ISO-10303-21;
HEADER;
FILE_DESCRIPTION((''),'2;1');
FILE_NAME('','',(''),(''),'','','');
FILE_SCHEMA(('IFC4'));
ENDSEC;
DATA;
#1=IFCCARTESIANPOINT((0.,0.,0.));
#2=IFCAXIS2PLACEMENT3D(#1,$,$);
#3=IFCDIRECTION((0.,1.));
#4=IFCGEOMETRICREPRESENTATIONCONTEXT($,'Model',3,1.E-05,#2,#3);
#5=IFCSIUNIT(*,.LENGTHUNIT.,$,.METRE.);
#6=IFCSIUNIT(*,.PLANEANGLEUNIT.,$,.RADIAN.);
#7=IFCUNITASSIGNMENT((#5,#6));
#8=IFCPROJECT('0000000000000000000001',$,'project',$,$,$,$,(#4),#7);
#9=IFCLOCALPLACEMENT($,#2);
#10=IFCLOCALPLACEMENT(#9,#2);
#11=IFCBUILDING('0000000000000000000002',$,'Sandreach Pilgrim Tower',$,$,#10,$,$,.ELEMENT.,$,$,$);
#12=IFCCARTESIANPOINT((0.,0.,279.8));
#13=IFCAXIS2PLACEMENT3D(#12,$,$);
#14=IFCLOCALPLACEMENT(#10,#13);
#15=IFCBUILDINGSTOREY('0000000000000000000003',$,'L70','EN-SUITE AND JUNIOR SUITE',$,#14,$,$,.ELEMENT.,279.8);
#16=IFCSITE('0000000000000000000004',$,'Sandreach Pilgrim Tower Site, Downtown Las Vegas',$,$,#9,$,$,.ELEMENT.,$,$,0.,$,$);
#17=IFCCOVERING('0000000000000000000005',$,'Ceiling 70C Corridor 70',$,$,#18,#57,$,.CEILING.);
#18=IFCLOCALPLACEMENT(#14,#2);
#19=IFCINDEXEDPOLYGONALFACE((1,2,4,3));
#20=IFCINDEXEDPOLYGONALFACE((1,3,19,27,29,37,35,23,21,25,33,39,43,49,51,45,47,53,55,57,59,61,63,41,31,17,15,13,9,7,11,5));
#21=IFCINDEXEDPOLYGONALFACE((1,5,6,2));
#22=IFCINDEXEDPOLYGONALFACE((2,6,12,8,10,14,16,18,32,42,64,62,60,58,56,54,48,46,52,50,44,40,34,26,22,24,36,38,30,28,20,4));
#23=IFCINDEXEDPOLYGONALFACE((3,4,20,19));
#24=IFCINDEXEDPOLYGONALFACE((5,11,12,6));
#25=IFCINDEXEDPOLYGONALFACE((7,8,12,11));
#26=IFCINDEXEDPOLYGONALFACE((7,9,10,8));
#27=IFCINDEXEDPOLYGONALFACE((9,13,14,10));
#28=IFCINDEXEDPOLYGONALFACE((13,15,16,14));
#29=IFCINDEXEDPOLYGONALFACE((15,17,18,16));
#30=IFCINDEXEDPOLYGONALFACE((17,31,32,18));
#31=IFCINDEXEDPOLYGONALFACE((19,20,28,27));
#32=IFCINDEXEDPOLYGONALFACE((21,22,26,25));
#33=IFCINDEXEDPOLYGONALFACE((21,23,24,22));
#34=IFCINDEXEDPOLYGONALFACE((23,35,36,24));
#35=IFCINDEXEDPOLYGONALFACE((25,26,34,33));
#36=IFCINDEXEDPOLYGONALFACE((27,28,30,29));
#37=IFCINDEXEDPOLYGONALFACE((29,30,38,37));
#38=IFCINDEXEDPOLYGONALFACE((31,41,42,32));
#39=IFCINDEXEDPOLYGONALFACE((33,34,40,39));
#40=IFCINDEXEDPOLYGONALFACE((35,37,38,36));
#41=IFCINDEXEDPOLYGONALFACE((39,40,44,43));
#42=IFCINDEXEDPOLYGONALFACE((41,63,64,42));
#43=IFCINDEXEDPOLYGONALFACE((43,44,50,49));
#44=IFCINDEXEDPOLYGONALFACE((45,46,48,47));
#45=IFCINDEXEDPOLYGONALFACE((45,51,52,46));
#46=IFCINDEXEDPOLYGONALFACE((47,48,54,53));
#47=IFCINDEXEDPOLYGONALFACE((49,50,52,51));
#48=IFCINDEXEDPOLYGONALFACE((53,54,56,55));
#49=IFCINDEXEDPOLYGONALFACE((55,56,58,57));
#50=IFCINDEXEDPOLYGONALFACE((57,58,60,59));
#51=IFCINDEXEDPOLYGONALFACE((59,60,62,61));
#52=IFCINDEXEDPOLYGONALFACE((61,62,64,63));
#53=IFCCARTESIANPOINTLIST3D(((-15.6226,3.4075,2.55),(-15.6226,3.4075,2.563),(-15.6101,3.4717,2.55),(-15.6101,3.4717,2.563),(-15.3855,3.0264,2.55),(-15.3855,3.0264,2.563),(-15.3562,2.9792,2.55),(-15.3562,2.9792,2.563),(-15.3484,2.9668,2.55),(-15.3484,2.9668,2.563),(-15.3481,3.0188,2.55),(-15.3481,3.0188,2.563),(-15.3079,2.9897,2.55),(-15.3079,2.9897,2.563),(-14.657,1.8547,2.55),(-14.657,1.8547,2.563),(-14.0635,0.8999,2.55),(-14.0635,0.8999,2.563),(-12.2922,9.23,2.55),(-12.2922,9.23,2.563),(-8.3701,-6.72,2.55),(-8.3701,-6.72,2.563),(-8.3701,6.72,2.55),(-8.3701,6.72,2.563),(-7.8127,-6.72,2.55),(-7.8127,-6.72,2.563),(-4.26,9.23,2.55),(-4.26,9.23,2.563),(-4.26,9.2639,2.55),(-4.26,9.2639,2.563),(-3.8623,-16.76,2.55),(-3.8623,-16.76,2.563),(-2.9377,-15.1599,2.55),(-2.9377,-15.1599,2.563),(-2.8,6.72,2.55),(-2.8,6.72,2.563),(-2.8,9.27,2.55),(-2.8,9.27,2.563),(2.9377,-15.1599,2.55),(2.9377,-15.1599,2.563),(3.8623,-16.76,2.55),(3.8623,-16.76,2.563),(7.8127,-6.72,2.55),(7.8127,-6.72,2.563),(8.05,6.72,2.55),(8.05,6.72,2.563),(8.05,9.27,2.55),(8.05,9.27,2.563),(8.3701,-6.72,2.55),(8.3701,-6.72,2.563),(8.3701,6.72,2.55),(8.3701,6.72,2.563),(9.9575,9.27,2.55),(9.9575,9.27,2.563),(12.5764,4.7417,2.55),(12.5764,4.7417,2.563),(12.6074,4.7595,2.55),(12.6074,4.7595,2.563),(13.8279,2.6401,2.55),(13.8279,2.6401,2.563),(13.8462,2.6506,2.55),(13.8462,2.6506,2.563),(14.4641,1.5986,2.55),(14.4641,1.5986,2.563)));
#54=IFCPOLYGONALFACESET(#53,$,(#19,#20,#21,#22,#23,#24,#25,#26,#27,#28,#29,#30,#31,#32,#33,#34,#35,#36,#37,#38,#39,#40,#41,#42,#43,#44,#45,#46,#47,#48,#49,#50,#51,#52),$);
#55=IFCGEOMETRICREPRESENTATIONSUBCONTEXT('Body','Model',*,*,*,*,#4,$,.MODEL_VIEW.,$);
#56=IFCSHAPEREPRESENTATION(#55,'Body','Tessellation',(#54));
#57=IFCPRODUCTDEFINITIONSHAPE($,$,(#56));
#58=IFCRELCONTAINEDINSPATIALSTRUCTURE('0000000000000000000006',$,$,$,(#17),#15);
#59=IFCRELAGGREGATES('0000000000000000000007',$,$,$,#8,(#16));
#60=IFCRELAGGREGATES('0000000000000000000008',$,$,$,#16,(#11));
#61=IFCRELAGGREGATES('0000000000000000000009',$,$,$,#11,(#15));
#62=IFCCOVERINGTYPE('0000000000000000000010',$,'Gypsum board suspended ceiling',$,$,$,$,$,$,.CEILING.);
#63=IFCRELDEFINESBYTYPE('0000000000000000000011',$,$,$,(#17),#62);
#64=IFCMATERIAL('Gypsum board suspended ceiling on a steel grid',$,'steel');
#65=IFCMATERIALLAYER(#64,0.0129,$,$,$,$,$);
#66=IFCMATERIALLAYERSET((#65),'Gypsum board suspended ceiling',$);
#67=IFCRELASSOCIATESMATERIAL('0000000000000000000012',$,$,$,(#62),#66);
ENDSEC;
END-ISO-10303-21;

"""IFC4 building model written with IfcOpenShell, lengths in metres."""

from ifc_helpers import new_model, si_unit, direction, frame, origin, place, context, subcontext, project, spatial, polyline, outline, extrude, material, layer, layer_set, type_object, element, save


model = new_model("IFC4")

# Units and contexts
model_context = context("Model", 3, precision=1e-05, world=origin(), true_north=direction((0.0, 1.0)))
body_context = subcontext(model_context, "Body", "Model", "MODEL_VIEW")
ifc_project = project(units=[si_unit("LENGTHUNIT", "METRE"), si_unit("PLANEANGLEUNIT", "RADIAN")], contexts=[model_context])

# Site, building, storey
site_placement = place(None, origin())
site = spatial("IfcSite", under=ifc_project, at=site_placement, Name="Sandreach Pilgrim Tower Site, Downtown Las Vegas", CompositionType="ELEMENT", RefElevation=0.0)
building_placement = place(site_placement, origin())
building = spatial("IfcBuilding", under=site, at=building_placement, Name="Sandreach Pilgrim Tower", CompositionType="ELEMENT")
storey_placement = place(building_placement, frame((0.0, 0.0, 279.8)))
storey = spatial("IfcBuildingStorey", under=building, at=storey_placement, Name="L70", Description="EN-SUITE AND JUNIOR SUITE", CompositionType="ELEMENT", Elevation=279.8)

# Covering
ifc_material_1 = material(Name="Gypsum board suspended ceiling on a steel grid", Category="steel")
ifc_layer_1 = layer(ifc_material_1, 0.0129)
ifc_layer_set_1 = layer_set([ifc_layer_1], Name="Gypsum board suspended ceiling")
covering_type_1 = type_object("IfcCoveringType", Name="Gypsum board suspended ceiling", PredefinedType="CEILING", material=ifc_layer_set_1)
covering_1_placement = place(storey_placement, frame((0.0, 0.0, 2.55)))
element("IfcCovering", 1, at=covering_1_placement, inside=storey, type_object=covering_type_1, Name="Ceiling 70C Corridor 70", PredefinedType="CEILING", context=body_context, shape_type="SweptSolid", body=[
    extrude(outline(polyline([(-15.6101, 3.4717), (-12.2922, 9.23), (-4.26, 9.23), (-4.26, 9.2639), (-2.8, 9.27), (-2.8, 6.72), (-8.3701, 6.72), (-8.3701, -6.72), (-7.8127, -6.72), (-2.9377, -15.1599), (2.9377, -15.1599), (7.8127, -6.72), (8.3701, -6.72), (8.3701, 6.72), (8.05, 6.72), (8.05, 9.27), (9.9575, 9.27), (12.5764, 4.7417), (12.6074, 4.7595), (13.8279, 2.6401), (13.8462, 2.6506), (14.4641, 1.5986), (3.8623, -16.76), (-3.8623, -16.76), (-14.0635, 0.8999), (-14.657, 1.8547), (-15.3079, 2.9897), (-15.3484, 2.9668), (-15.3562, 2.9792), (-15.3481, 3.0188), (-15.3855, 3.0264), (-15.6226, 3.4075), (-15.6101, 3.4717)])), origin(), (0.0, 0.0, 1.0), 0.0129),
])

save(model, "model.ifc")
